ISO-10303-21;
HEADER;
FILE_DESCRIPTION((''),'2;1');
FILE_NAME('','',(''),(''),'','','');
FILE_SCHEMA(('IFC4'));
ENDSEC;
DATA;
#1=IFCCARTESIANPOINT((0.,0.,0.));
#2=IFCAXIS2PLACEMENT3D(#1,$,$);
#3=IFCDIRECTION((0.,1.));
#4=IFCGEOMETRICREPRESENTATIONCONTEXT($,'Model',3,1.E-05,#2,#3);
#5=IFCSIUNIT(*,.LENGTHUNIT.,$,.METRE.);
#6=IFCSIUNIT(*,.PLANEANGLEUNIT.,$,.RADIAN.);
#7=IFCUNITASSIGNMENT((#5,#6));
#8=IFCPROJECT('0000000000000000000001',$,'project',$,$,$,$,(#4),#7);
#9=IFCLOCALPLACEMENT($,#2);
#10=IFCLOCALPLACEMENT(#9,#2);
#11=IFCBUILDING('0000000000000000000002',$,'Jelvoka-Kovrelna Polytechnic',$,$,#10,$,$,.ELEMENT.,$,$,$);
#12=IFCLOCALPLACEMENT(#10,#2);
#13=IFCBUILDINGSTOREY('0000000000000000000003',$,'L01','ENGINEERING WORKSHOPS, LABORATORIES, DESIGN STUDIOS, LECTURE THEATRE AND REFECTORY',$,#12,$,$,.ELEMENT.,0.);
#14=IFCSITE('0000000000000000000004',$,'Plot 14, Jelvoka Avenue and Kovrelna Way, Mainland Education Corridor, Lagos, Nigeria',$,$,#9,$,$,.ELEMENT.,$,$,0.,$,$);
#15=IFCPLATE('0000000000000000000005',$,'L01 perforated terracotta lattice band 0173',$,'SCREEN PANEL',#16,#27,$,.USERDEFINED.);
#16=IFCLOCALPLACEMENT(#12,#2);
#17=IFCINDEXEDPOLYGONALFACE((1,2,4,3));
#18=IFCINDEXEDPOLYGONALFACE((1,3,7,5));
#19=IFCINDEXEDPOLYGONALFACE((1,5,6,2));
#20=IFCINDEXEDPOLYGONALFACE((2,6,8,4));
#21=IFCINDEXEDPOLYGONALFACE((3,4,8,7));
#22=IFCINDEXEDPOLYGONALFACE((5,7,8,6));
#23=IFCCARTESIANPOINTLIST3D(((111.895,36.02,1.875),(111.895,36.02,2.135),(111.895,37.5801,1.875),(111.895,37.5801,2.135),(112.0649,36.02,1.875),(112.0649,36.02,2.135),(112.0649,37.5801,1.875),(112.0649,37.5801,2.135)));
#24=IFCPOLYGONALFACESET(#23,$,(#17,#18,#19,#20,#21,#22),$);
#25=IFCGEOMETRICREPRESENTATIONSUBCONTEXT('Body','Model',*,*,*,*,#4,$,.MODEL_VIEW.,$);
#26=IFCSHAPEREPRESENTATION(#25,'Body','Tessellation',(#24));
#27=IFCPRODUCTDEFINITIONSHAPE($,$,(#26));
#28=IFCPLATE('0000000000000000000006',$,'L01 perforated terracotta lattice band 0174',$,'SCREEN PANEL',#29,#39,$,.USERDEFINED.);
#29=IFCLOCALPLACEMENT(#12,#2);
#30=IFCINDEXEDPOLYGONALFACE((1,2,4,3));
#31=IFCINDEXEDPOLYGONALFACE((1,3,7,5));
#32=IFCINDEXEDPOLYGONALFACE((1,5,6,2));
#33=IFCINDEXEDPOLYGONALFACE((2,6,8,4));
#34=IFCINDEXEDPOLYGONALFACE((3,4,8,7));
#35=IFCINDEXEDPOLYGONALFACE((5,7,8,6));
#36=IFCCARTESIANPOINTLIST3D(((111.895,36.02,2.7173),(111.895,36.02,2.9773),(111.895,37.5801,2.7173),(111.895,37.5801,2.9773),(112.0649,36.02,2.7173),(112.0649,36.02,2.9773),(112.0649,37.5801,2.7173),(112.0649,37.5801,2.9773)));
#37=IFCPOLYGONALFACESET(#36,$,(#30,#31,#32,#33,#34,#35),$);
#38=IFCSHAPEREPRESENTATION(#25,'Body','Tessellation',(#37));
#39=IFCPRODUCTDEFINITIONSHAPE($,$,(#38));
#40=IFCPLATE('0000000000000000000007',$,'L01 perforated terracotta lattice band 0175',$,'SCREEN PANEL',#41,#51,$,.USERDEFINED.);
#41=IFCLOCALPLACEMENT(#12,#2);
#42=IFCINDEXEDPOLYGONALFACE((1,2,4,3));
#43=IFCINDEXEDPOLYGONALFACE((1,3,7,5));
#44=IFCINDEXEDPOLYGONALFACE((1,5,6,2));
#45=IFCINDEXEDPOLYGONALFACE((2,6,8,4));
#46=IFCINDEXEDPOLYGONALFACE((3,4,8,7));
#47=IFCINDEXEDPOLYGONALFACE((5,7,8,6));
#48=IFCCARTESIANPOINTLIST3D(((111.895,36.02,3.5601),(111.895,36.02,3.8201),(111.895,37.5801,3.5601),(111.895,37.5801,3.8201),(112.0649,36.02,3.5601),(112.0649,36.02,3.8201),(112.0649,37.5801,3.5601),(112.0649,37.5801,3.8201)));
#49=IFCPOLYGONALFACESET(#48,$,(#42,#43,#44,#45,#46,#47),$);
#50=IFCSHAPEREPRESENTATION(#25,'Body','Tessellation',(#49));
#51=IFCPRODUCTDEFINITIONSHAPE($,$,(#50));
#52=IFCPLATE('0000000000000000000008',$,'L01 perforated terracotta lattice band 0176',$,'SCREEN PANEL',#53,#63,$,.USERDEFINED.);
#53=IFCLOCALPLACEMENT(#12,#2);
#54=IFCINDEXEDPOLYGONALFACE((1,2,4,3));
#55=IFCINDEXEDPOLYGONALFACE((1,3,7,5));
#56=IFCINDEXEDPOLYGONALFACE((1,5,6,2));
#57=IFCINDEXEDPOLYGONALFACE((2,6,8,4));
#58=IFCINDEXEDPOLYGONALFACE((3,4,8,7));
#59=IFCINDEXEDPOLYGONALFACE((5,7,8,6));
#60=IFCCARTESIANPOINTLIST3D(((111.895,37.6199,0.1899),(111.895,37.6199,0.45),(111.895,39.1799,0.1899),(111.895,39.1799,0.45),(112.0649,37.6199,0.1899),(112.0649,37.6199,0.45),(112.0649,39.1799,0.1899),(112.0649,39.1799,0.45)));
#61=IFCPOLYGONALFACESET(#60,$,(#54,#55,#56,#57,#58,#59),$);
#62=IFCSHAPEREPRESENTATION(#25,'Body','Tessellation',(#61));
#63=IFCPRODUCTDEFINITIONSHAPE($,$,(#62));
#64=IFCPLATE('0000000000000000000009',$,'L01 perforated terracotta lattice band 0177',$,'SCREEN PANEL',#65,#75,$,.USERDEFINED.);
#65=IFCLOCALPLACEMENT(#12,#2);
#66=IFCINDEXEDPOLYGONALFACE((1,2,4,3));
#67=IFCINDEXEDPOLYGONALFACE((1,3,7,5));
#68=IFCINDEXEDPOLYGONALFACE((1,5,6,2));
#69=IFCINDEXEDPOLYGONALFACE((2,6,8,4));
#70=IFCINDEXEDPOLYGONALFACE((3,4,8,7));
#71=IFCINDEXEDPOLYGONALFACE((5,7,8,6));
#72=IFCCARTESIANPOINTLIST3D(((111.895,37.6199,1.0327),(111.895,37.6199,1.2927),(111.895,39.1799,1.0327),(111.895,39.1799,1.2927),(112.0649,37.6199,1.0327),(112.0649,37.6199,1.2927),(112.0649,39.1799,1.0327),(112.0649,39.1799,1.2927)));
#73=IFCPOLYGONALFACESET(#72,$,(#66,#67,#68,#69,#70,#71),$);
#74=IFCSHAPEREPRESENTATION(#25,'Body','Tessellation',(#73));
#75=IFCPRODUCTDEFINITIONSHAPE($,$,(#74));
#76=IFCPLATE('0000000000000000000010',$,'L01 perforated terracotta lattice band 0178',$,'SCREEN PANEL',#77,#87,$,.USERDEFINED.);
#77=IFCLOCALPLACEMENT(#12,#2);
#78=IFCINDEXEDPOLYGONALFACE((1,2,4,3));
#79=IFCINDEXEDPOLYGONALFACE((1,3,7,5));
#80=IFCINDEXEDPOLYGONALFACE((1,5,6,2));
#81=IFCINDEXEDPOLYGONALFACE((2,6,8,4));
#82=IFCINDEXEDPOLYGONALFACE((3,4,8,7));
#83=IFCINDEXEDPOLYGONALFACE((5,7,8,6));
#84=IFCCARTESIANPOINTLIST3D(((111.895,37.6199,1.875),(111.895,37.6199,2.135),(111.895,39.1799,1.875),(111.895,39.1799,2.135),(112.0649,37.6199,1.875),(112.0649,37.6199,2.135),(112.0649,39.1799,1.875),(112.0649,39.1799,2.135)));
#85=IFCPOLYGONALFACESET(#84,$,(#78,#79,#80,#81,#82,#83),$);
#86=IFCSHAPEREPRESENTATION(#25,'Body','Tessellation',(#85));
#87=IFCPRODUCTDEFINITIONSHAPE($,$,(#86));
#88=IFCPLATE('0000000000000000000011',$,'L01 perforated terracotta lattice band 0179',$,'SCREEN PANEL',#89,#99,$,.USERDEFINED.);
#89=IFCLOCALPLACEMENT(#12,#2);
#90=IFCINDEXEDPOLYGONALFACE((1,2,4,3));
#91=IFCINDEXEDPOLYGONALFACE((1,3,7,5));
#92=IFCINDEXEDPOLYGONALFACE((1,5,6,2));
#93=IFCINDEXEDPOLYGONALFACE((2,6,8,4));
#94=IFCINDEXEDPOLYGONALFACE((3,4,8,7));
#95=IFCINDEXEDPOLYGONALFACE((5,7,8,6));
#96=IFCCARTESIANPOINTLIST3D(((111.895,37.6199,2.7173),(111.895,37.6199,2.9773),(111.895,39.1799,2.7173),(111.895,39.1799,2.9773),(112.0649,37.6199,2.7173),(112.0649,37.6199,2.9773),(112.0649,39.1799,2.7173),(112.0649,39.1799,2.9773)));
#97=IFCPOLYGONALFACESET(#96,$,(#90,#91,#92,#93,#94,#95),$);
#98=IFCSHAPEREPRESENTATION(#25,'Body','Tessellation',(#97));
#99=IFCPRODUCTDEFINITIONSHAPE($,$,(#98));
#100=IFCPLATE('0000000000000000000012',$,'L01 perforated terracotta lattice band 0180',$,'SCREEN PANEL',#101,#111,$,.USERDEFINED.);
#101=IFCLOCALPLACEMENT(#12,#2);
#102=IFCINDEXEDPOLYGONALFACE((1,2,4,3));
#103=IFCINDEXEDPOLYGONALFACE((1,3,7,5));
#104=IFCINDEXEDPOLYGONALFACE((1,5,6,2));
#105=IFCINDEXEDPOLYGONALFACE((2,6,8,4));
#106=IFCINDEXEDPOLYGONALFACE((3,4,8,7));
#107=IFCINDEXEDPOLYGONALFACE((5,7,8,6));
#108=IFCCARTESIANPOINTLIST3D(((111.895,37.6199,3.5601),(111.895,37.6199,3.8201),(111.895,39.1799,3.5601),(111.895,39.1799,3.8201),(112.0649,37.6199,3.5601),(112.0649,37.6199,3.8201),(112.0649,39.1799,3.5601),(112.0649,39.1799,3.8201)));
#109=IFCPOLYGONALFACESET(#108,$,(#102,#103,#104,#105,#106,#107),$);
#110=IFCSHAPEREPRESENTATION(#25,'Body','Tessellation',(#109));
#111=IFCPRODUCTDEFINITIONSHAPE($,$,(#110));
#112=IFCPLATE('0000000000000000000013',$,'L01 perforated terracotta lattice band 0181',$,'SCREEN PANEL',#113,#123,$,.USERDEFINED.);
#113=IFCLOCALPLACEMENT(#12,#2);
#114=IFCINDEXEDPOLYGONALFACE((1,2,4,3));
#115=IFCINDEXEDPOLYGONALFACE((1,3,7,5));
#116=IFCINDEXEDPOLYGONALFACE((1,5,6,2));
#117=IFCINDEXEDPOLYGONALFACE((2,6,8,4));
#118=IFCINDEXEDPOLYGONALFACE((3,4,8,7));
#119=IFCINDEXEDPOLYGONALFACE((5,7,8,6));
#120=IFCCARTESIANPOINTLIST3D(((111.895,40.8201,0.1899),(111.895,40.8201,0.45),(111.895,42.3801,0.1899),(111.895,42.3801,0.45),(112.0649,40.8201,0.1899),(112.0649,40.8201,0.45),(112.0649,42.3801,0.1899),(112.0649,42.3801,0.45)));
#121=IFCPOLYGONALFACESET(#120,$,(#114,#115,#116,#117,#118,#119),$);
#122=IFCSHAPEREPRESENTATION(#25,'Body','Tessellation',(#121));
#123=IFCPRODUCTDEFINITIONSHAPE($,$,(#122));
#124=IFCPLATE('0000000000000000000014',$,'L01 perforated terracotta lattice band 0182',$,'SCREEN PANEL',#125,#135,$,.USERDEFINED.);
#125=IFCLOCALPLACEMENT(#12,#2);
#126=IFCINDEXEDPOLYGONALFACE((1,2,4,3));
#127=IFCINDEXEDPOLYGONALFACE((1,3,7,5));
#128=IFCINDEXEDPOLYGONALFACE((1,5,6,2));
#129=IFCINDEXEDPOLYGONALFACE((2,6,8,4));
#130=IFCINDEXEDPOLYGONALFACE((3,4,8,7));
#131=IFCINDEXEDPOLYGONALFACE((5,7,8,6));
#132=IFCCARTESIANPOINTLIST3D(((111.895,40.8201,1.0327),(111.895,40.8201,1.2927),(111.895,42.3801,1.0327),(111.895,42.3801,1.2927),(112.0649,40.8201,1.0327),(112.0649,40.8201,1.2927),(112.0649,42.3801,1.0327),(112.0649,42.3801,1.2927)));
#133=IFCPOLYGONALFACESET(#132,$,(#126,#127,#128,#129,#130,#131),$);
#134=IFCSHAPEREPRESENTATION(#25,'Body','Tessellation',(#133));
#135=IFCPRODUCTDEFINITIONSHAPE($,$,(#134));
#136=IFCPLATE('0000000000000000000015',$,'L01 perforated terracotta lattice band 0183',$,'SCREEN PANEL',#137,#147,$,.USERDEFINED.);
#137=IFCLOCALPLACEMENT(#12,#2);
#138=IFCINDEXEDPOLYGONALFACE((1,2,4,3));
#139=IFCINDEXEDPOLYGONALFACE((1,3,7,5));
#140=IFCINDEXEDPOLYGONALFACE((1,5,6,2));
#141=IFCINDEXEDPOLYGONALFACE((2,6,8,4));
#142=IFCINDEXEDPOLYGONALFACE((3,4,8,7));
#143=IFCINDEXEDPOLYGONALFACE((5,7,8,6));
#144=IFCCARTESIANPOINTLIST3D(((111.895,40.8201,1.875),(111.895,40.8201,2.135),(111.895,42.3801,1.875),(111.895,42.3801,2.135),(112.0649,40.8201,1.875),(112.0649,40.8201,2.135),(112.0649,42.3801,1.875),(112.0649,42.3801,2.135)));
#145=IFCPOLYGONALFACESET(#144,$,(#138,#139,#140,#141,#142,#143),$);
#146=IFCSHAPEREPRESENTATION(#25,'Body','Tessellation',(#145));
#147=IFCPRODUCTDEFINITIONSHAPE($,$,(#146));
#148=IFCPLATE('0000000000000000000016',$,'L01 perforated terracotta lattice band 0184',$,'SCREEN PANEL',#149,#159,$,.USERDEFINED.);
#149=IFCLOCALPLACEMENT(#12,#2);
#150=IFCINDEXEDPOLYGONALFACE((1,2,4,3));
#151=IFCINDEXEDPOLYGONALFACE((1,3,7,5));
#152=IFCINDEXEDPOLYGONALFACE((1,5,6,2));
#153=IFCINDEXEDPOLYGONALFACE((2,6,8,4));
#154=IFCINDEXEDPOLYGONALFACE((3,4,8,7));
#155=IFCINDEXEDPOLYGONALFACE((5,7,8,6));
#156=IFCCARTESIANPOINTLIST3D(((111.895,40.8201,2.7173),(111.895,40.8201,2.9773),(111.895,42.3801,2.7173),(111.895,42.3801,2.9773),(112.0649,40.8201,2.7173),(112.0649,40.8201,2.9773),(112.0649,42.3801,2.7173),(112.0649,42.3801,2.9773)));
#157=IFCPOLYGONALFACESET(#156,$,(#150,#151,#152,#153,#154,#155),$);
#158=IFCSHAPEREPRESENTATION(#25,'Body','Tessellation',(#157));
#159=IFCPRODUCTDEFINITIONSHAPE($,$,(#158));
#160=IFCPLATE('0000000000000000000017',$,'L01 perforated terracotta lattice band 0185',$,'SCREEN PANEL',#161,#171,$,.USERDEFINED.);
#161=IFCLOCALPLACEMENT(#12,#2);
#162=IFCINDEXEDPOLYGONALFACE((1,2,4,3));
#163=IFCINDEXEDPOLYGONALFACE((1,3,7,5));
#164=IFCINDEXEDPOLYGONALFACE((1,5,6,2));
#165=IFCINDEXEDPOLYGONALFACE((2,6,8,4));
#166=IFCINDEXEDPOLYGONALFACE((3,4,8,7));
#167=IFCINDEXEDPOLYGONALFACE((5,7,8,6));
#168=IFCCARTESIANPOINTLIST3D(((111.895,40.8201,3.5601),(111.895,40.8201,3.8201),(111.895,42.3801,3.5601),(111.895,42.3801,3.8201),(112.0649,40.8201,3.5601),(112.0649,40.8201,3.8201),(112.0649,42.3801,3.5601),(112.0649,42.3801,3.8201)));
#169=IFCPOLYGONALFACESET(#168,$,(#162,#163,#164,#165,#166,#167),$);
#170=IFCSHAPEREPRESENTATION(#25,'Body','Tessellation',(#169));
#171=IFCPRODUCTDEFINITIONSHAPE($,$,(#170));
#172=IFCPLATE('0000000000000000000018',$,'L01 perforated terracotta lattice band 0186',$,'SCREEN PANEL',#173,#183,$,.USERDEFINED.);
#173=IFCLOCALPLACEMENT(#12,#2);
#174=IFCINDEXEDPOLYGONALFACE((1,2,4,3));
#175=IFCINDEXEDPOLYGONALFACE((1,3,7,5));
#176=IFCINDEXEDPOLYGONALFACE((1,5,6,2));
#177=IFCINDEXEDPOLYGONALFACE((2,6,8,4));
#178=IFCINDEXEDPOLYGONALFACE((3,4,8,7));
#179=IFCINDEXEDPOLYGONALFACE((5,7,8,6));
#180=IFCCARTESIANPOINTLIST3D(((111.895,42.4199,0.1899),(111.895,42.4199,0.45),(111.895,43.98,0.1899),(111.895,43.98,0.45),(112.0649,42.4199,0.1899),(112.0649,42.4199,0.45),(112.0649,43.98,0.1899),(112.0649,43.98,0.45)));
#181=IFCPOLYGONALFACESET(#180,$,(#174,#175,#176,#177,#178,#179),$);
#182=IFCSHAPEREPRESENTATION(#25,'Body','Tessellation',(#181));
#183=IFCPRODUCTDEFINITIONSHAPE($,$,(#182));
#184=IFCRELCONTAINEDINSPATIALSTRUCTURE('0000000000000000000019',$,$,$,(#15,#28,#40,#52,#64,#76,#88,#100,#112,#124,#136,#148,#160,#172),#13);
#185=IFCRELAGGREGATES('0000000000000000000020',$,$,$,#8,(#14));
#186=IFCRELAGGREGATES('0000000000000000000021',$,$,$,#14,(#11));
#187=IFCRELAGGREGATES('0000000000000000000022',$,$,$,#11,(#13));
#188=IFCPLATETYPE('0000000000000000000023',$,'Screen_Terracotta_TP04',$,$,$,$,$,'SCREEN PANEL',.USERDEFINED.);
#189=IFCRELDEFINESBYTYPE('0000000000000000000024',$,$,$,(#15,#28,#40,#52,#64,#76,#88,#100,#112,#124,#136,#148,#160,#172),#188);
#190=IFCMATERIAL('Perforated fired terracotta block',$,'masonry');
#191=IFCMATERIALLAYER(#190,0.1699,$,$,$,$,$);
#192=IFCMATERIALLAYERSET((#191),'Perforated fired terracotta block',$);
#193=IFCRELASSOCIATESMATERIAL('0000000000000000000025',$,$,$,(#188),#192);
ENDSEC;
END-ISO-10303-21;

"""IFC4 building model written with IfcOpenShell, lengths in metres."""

from ifc_helpers import new_model, si_unit, direction, frame, origin, origin_2d, place, context, subcontext, project, spatial, rectangle, extrude, material, layer, layer_set, type_object, element, save


model = new_model("IFC4")

# Units and contexts
model_context = context("Model", 3, precision=1e-05, world=origin(), true_north=direction((0.0, 1.0)))
body_context = subcontext(model_context, "Body", "Model", "MODEL_VIEW")
ifc_project = project(units=[si_unit("LENGTHUNIT", "METRE"), si_unit("PLANEANGLEUNIT", "RADIAN")], contexts=[model_context])

# Site, building, storey
site_placement = place(None, origin())
site = spatial("IfcSite", under=ifc_project, at=site_placement, Name="Plot 14, Jelvoka Avenue and Kovrelna Way, Mainland Education Corridor, Lagos, Nigeria", CompositionType="ELEMENT", RefElevation=0.0)
building_placement = place(site_placement, origin())
building = spatial("IfcBuilding", under=site, at=building_placement, Name="Jelvoka-Kovrelna Polytechnic", CompositionType="ELEMENT")
storey_placement = place(building_placement, origin())
storey = spatial("IfcBuildingStorey", under=building, at=storey_placement, Name="L01", Description="ENGINEERING WORKSHOPS, LABORATORIES, DESIGN STUDIOS, LECTURE THEATRE AND REFECTORY", CompositionType="ELEMENT", Elevation=0.0)

# Plates
ifc_material_1 = material(Name="Perforated fired terracotta block", Category="masonry")
ifc_layer = layer(ifc_material_1, 0.1699)
ifc_layer_set = layer_set([ifc_layer], Name="Perforated fired terracotta block")
plate_type = type_object("IfcPlateType", Name="Screen_Terracotta_TP04", ElementType="SCREEN PANEL", PredefinedType="USERDEFINED", material=ifc_layer_set)
for number, where, z_axis, x_axis, name in (
    (1, (111.98, 36.8, 1.875), (0.0, 0.0, 1.0), (0.0, 1.0, 0.0), "L01 perforated terracotta lattice band 0173"),
    (2, (111.98, 36.8, 2.7173), (0.0, 0.0, 1.0), (0.0, 1.0, 0.0), "L01 perforated terracotta lattice band 0174"),
    (3, (111.98, 36.8, 3.5601), (0.0, 0.0, 1.0), (0.0, 1.0, 0.0), "L01 perforated terracotta lattice band 0175"),
    (4, (111.98, 38.3999, 0.1899), (0.0, 0.0, 1.0), (0.0, 1.0, 0.0), "L01 perforated terracotta lattice band 0176"),
    (5, (111.98, 38.3999, 1.0327), (0.0, 0.0, 1.0), (0.0, 1.0, 0.0), "L01 perforated terracotta lattice band 0177"),
    (6, (111.98, 38.3999, 1.875), (0.0, 0.0, 1.0), (0.0, 1.0, 0.0), "L01 perforated terracotta lattice band 0178"),
    (7, (111.98, 38.3999, 2.7173), (0.0, 0.0, 1.0), (0.0, 1.0, 0.0), "L01 perforated terracotta lattice band 0179"),
    (8, (111.98, 38.3999, 3.5601), (0.0, 0.0, 1.0), (0.0, 1.0, 0.0), "L01 perforated terracotta lattice band 0180"),
    (9, (111.98, 41.6001, 0.1899), (0.0, 0.0, 1.0), (0.0, 1.0, 0.0), "L01 perforated terracotta lattice band 0181"),
    (10, (111.98, 41.6001, 1.0327), (0.0, 0.0, 1.0), (0.0, 1.0, 0.0), "L01 perforated terracotta lattice band 0182"),
    (11, (111.98, 41.6001, 1.875), (0.0, 0.0, 1.0), (0.0, 1.0, 0.0), "L01 perforated terracotta lattice band 0183"),
    (12, (111.98, 41.6001, 2.7173), (0.0, 0.0, 1.0), (0.0, 1.0, 0.0), "L01 perforated terracotta lattice band 0184"),
    (13, (111.98, 41.6001, 3.5601), (0.0, 0.0, 1.0), (0.0, 1.0, 0.0), "L01 perforated terracotta lattice band 0185"),
    (14, (111.98, 43.2, 0.1899), (0.0, 0.0, 1.0), (0.0, 1.0, 0.0), "L01 perforated terracotta lattice band 0186"),
):
    element("IfcPlate", number, at=place(storey_placement, frame(where, z_axis=z_axis, x_axis=x_axis)), inside=storey, type_object=plate_type, Name=name, ObjectType="SCREEN PANEL", PredefinedType="USERDEFINED", context=body_context, shape_type="SweptSolid", body=[
        extrude(rectangle(XDim=1.5601, YDim=0.1699, at=origin_2d()), origin(), (0.0, 0.0, 1.0), 0.26),
    ])

save(model, "model.ifc")
